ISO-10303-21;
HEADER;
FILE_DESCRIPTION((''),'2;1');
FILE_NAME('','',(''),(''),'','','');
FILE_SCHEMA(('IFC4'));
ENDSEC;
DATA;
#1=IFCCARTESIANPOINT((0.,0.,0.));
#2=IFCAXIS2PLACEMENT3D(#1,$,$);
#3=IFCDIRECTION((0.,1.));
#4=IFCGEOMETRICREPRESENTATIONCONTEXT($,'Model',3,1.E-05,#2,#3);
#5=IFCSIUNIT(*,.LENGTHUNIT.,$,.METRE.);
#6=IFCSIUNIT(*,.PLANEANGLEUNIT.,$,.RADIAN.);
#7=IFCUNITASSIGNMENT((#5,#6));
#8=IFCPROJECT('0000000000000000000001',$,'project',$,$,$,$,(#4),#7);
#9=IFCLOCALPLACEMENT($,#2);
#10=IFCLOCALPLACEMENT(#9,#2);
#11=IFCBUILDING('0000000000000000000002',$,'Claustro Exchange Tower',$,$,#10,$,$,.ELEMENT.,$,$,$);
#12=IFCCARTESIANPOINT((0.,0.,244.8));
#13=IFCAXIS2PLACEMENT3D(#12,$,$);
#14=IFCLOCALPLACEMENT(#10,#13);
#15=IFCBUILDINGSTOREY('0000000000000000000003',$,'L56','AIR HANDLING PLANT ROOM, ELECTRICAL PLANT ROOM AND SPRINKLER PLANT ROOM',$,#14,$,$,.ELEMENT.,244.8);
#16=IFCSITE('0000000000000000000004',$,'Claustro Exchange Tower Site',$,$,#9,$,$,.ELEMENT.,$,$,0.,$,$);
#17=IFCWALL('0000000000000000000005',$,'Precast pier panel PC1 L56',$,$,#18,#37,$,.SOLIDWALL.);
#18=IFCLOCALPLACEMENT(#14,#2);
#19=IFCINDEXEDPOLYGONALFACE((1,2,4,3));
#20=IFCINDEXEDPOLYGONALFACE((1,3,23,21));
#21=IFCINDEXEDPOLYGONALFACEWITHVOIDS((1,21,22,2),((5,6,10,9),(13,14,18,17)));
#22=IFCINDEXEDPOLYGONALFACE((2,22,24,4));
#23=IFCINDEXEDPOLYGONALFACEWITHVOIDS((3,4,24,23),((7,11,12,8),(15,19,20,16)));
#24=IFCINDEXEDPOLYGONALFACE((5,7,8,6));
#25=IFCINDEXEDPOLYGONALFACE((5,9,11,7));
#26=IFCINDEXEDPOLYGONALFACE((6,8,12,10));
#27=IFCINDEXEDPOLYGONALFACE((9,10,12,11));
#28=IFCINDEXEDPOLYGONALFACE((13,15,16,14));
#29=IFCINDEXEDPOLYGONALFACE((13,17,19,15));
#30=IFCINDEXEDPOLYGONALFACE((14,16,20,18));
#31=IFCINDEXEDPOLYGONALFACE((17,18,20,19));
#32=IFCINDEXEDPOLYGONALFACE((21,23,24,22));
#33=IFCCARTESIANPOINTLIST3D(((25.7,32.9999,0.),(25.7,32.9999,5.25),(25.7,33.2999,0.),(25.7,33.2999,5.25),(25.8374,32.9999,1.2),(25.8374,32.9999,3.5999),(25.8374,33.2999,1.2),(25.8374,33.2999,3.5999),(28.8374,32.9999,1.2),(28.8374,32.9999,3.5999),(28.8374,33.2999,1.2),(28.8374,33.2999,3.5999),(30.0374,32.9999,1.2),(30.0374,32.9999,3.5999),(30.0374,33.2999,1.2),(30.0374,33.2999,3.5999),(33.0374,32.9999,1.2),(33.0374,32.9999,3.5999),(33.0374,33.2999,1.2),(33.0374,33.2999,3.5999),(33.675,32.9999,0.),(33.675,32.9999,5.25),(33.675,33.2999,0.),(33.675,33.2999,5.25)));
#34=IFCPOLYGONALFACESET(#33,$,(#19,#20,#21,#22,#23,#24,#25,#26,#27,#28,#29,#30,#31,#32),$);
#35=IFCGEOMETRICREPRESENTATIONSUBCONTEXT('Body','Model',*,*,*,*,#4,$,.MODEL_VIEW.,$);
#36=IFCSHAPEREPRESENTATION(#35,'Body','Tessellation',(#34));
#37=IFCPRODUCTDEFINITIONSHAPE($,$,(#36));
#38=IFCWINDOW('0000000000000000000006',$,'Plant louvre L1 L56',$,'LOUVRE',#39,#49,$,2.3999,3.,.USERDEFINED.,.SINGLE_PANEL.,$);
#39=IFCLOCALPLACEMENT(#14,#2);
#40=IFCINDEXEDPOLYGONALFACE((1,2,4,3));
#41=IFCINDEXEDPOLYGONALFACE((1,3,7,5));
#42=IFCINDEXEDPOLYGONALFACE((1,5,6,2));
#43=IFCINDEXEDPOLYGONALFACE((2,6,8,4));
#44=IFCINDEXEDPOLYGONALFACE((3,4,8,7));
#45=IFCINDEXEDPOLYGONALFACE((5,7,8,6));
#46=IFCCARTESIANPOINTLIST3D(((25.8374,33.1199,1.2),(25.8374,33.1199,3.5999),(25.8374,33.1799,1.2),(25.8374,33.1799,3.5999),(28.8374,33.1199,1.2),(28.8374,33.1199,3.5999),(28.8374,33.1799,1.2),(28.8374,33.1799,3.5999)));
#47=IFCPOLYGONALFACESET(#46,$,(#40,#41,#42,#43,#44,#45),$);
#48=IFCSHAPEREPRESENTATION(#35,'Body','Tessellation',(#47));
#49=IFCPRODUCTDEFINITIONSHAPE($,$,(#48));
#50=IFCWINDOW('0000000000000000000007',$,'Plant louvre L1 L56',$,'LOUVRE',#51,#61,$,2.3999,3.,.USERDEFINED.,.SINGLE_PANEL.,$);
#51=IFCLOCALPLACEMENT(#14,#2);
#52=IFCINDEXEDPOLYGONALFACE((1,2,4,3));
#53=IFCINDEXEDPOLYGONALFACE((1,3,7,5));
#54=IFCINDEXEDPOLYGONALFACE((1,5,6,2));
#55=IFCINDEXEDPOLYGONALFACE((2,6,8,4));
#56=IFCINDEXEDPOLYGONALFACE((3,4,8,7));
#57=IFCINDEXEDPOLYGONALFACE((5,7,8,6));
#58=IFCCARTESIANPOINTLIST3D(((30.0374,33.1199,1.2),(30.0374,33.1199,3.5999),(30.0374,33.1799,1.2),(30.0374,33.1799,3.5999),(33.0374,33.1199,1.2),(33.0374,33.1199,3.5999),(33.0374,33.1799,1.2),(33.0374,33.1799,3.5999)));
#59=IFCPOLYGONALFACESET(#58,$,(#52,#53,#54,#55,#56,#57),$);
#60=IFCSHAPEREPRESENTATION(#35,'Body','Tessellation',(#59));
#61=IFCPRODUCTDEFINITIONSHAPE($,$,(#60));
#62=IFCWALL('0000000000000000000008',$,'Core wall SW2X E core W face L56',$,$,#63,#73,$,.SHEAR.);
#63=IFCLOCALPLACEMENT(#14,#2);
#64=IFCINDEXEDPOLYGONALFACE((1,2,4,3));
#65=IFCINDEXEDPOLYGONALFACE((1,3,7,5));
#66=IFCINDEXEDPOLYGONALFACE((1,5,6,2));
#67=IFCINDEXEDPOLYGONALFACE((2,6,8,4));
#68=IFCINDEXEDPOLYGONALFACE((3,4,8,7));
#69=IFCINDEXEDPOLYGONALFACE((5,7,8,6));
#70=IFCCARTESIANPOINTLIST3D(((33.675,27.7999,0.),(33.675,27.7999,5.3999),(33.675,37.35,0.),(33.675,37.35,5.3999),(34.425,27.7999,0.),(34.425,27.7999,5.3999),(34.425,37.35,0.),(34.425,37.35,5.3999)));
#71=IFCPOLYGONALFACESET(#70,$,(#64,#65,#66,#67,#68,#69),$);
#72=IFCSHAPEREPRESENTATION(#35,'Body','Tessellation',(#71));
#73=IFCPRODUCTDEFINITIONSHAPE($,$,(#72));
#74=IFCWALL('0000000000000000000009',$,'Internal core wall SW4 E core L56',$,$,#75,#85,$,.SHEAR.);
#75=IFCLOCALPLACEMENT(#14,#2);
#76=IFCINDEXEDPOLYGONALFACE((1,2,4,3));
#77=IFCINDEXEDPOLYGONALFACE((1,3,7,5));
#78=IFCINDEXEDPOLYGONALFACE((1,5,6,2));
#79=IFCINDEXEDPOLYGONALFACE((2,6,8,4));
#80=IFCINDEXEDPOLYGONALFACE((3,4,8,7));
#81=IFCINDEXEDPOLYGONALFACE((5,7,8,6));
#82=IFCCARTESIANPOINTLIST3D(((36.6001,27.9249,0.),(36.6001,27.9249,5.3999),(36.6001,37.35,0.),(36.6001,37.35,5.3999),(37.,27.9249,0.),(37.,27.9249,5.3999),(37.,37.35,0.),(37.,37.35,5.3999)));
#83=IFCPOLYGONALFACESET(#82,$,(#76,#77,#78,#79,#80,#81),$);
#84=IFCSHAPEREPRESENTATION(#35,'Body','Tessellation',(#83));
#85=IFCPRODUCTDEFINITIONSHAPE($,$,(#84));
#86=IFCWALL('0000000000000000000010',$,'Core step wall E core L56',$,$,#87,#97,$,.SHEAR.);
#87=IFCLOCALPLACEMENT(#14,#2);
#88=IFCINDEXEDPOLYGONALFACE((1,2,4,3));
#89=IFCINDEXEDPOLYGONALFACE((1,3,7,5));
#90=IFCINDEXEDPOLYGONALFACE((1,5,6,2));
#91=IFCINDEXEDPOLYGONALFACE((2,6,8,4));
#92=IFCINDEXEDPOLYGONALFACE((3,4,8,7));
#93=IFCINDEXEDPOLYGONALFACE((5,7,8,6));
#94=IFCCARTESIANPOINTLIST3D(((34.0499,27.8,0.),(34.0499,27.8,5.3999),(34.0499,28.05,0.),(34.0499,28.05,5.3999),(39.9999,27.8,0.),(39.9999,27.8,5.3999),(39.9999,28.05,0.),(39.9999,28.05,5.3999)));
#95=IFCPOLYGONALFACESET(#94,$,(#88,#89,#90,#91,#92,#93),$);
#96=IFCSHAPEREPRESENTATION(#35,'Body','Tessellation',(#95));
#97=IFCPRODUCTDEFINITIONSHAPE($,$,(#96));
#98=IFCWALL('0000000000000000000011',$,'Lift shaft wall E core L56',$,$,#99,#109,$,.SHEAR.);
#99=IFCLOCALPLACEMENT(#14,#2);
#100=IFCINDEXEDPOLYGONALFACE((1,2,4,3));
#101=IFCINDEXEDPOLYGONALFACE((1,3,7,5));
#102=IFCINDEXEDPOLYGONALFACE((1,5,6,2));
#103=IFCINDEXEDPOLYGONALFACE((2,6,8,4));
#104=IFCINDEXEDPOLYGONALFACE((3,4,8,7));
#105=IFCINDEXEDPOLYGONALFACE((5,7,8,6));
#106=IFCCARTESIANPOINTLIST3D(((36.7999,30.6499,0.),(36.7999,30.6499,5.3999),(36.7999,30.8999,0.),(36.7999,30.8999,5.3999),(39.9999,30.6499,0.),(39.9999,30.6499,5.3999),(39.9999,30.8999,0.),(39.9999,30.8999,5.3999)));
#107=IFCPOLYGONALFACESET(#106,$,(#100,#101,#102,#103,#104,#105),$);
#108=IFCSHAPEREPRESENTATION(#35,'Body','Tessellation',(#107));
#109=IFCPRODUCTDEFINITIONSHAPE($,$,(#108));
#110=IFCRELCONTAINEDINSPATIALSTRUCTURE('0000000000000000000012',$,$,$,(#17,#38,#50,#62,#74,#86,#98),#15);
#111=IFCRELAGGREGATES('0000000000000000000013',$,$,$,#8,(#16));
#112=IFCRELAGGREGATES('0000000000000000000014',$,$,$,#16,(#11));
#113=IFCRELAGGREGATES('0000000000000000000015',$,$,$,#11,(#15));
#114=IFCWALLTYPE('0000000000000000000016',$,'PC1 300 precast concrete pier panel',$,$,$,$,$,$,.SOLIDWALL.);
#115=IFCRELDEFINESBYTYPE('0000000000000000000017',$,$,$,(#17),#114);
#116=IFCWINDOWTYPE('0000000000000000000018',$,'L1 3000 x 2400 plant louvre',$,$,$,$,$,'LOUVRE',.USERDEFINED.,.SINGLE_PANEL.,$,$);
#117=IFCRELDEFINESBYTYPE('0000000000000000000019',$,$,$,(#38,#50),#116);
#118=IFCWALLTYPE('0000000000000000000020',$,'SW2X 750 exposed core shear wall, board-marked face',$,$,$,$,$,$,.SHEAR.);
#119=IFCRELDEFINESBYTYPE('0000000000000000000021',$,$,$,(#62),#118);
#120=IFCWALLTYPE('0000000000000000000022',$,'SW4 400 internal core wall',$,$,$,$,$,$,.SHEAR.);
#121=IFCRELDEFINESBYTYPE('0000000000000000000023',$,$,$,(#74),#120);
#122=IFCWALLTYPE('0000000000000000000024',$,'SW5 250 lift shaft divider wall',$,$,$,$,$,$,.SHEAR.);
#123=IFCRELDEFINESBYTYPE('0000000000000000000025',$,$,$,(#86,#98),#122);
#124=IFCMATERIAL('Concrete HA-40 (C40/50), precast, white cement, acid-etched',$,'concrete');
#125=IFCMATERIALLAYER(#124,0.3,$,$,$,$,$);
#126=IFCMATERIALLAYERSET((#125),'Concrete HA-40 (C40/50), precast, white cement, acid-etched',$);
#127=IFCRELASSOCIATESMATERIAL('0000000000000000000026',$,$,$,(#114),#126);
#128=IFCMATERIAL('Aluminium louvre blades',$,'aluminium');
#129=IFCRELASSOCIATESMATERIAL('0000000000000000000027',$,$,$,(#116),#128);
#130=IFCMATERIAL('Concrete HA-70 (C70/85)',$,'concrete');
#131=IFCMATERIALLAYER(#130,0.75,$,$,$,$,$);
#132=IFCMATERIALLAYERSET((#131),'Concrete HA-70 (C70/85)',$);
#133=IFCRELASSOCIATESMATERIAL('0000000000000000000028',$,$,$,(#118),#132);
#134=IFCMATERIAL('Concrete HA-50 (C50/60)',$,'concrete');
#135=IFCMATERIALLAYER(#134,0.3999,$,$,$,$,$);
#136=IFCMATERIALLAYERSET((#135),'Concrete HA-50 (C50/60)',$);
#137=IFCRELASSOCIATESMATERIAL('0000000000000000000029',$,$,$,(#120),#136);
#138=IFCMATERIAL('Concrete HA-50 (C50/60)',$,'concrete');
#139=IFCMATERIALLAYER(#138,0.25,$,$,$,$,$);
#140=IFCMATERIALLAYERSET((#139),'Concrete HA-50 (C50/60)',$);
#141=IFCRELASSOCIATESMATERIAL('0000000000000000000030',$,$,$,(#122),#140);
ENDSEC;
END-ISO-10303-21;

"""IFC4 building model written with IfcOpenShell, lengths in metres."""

from ifc_helpers import new_model, si_unit, direction, frame, frame_2d, origin, place, context, subcontext, project, spatial, rectangle, extrude, material, layer, layer_set, type_object, element, fill, save


model = new_model("IFC4")

# Units and contexts
model_context = context("Model", 3, precision=1e-05, world=origin(), true_north=direction((0.0, 1.0)))
body_context = subcontext(model_context, "Body", "Model", "MODEL_VIEW")
ifc_project = project(units=[si_unit("LENGTHUNIT", "METRE"), si_unit("PLANEANGLEUNIT", "RADIAN")], contexts=[model_context])

# Site, building, storey
site_placement = place(None, origin())
site = spatial("IfcSite", under=ifc_project, at=site_placement, Name="Claustro Exchange Tower Site", CompositionType="ELEMENT", RefElevation=0.0)
building_placement = place(site_placement, origin())
building = spatial("IfcBuilding", under=site, at=building_placement, Name="Claustro Exchange Tower", CompositionType="ELEMENT")
storey_placement = place(building_placement, frame((0.0, 0.0, 244.8)))
storey = spatial("IfcBuildingStorey", under=building, at=storey_placement, Name="L56", Description="AIR HANDLING PLANT ROOM, ELECTRICAL PLANT ROOM AND SPRINKLER PLANT ROOM", CompositionType="ELEMENT", Elevation=244.8)

# Wall, openings, windows
ifc_material_1 = material(Name="Concrete HA-40 (C40/50), precast, white cement, acid-etched", Category="concrete")
ifc_layer_1 = layer(ifc_material_1, 0.3)
ifc_layer_set_1 = layer_set([ifc_layer_1], Name="Concrete HA-40 (C40/50), precast, white cement, acid-etched")
wall_type_1 = type_object("IfcWallType", Name="PC1 300 precast concrete pier panel", PredefinedType="SOLIDWALL", material=ifc_layer_set_1)
wall_1_placement = place(storey_placement, frame((25.7, 33.1499, 0.0), z_axis=(0.0, 0.0, 1.0), x_axis=(1.0, 0.0, 0.0)))
wall_1 = element("IfcWall", 1, at=wall_1_placement, inside=storey, type_object=wall_type_1, Name="Precast pier panel PC1 L56", PredefinedType="SOLIDWALL", context=body_context, shape_type="SweptSolid", body=[
    extrude(rectangle(XDim=7.9751, YDim=0.3, at=frame_2d((3.9875, 0.0))), origin(), (0.0, 0.0, 1.0), 5.25),
])
opening_1_placement = place(wall_1_placement, frame((0.1375, 0.0, 1.2)))
opening_1 = element("IfcOpeningElement", 2, at=opening_1_placement, cuts=wall_1, PredefinedType="OPENING", context=body_context, shape_type="SweptSolid", body=[
    extrude(rectangle(XDim=3.0, YDim=2.3999, at=frame_2d((1.5, 1.2))), frame((0.0, 0.1599, 0.0), z_axis=(0.0, -1.0, 0.0), x_axis=(1.0, 0.0, 0.0)), (0.0, 0.0, 1.0), 0.3201),
])
opening_2_placement = place(wall_1_placement, frame((4.3374, 0.0, 1.2)))
opening_2 = element("IfcOpeningElement", 3, at=opening_2_placement, cuts=wall_1, PredefinedType="OPENING", context=body_context, shape_type="SweptSolid", body=[
    extrude(rectangle(XDim=3.0, YDim=2.3999, at=frame_2d((1.5, 1.2))), frame((0.0, 0.1599, 0.0), z_axis=(0.0, -1.0, 0.0), x_axis=(1.0, 0.0, 0.0)), (0.0, 0.0, 1.0), 0.3201),
])
ifc_material_2 = material(Name="Aluminium louvre blades", Category="aluminium")
window_type = type_object("IfcWindowType", Name="L1 3000 x 2400 plant louvre", ElementType="LOUVRE", PartitioningType="SINGLE_PANEL", PredefinedType="USERDEFINED", material=ifc_material_2)
window_1_placement = place(opening_1_placement, origin())
window_1 = element("IfcWindow", 4, at=window_1_placement, inside=storey, type_object=window_type, Name="Plant louvre L1 L56", ObjectType="LOUVRE", OverallHeight=2.3999, OverallWidth=3.0, PartitioningType="SINGLE_PANEL", PredefinedType="USERDEFINED", context=body_context, shape_type="SweptSolid", body=[
    extrude(rectangle(XDim=3.0, YDim=2.3999, at=frame_2d((1.5, 1.2))), frame((0.0, 0.03, 0.0), z_axis=(0.0, -1.0, 0.0), x_axis=(1.0, 0.0, 0.0)), (0.0, 0.0, 1.0), 0.0601),
])
fill(opening_1, window_1)
window_2_placement = place(opening_2_placement, origin())
window_2 = element("IfcWindow", 5, at=window_2_placement, inside=storey, type_object=window_type, Name="Plant louvre L1 L56", ObjectType="LOUVRE", OverallHeight=2.3999, OverallWidth=3.0, PartitioningType="SINGLE_PANEL", PredefinedType="USERDEFINED", context=body_context, shape_type="SweptSolid", body=[
    extrude(rectangle(XDim=3.0, YDim=2.3999, at=frame_2d((1.5, 1.2))), frame((0.0, 0.03, 0.0), z_axis=(0.0, -1.0, 0.0), x_axis=(1.0, 0.0, 0.0)), (0.0, 0.0, 1.0), 0.0601),
])
fill(opening_2, window_2)

# Walls
ifc_material_3 = material(Name="Concrete HA-70 (C70/85)", Category="concrete")
ifc_layer_2 = layer(ifc_material_3, 0.75)
ifc_layer_set_2 = layer_set([ifc_layer_2], Name="Concrete HA-70 (C70/85)")
wall_type_2 = type_object("IfcWallType", Name="SW2X 750 exposed core shear wall, board-marked face", PredefinedType="SHEAR", material=ifc_layer_set_2)
wall_2_placement = place(storey_placement, frame((34.05, 27.8, 0.0), z_axis=(0.0, 0.0, 1.0), x_axis=(0.0, 1.0, 0.0)))
element("IfcWall", 6, at=wall_2_placement, inside=storey, type_object=wall_type_2, Name="Core wall SW2X E core W face L56", PredefinedType="SHEAR", context=body_context, shape_type="SweptSolid", body=[
    extrude(rectangle(XDim=9.55, YDim=0.75, at=frame_2d((4.7749, 0.0))), origin(), (0.0, 0.0, 1.0), 5.3999),
])
ifc_material_4 = material(Name="Concrete HA-50 (C50/60)", Category="concrete")
ifc_layer_3 = layer(ifc_material_4, 0.3999)
ifc_layer_set_3 = layer_set([ifc_layer_3], Name="Concrete HA-50 (C50/60)")
wall_type_3 = type_object("IfcWallType", Name="SW4 400 internal core wall", PredefinedType="SHEAR", material=ifc_layer_set_3)
wall_3_placement = place(storey_placement, frame((36.8, 27.925, 0.0), z_axis=(0.0, 0.0, 1.0), x_axis=(0.0, 1.0, 0.0)))
element("IfcWall", 7, at=wall_3_placement, inside=storey, type_object=wall_type_3, Name="Internal core wall SW4 E core L56", PredefinedType="SHEAR", context=body_context, shape_type="SweptSolid", body=[
    extrude(rectangle(XDim=9.425, YDim=0.3999, at=frame_2d((4.7124, 0.0))), origin(), (0.0, 0.0, 1.0), 5.3999),
])
ifc_material_5 = material(Name="Concrete HA-50 (C50/60)", Category="concrete")
ifc_layer_4 = layer(ifc_material_5, 0.25)
ifc_layer_set_4 = layer_set([ifc_layer_4], Name="Concrete HA-50 (C50/60)")
wall_type_4 = type_object("IfcWallType", Name="SW5 250 lift shaft divider wall", PredefinedType="SHEAR", material=ifc_layer_set_4)
wall_4_placement = place(storey_placement, frame((40.0, 27.925, 0.0), z_axis=(0.0, 0.0, 1.0), x_axis=(-1.0, 0.0, 0.0)))
element("IfcWall", 8, at=wall_4_placement, inside=storey, type_object=wall_type_4, Name="Core step wall E core L56", PredefinedType="SHEAR", context=body_context, shape_type="SweptSolid", body=[
    extrude(rectangle(XDim=5.95, YDim=0.25, at=frame_2d((2.9751, 0.0))), origin(), (0.0, 0.0, 1.0), 5.3999),
])
wall_5_placement = place(storey_placement, frame((40.0, 30.7749, 0.0), z_axis=(0.0, 0.0, 1.0), x_axis=(-1.0, 0.0, 0.0)))
element("IfcWall", 9, at=wall_5_placement, inside=storey, type_object=wall_type_4, Name="Lift shaft wall E core L56", PredefinedType="SHEAR", context=body_context, shape_type="SweptSolid", body=[
    extrude(rectangle(XDim=3.2, YDim=0.25, at=frame_2d((1.6001, 0.0))), origin(), (0.0, 0.0, 1.0), 5.3999),
])

save(model, "model.ifc")
